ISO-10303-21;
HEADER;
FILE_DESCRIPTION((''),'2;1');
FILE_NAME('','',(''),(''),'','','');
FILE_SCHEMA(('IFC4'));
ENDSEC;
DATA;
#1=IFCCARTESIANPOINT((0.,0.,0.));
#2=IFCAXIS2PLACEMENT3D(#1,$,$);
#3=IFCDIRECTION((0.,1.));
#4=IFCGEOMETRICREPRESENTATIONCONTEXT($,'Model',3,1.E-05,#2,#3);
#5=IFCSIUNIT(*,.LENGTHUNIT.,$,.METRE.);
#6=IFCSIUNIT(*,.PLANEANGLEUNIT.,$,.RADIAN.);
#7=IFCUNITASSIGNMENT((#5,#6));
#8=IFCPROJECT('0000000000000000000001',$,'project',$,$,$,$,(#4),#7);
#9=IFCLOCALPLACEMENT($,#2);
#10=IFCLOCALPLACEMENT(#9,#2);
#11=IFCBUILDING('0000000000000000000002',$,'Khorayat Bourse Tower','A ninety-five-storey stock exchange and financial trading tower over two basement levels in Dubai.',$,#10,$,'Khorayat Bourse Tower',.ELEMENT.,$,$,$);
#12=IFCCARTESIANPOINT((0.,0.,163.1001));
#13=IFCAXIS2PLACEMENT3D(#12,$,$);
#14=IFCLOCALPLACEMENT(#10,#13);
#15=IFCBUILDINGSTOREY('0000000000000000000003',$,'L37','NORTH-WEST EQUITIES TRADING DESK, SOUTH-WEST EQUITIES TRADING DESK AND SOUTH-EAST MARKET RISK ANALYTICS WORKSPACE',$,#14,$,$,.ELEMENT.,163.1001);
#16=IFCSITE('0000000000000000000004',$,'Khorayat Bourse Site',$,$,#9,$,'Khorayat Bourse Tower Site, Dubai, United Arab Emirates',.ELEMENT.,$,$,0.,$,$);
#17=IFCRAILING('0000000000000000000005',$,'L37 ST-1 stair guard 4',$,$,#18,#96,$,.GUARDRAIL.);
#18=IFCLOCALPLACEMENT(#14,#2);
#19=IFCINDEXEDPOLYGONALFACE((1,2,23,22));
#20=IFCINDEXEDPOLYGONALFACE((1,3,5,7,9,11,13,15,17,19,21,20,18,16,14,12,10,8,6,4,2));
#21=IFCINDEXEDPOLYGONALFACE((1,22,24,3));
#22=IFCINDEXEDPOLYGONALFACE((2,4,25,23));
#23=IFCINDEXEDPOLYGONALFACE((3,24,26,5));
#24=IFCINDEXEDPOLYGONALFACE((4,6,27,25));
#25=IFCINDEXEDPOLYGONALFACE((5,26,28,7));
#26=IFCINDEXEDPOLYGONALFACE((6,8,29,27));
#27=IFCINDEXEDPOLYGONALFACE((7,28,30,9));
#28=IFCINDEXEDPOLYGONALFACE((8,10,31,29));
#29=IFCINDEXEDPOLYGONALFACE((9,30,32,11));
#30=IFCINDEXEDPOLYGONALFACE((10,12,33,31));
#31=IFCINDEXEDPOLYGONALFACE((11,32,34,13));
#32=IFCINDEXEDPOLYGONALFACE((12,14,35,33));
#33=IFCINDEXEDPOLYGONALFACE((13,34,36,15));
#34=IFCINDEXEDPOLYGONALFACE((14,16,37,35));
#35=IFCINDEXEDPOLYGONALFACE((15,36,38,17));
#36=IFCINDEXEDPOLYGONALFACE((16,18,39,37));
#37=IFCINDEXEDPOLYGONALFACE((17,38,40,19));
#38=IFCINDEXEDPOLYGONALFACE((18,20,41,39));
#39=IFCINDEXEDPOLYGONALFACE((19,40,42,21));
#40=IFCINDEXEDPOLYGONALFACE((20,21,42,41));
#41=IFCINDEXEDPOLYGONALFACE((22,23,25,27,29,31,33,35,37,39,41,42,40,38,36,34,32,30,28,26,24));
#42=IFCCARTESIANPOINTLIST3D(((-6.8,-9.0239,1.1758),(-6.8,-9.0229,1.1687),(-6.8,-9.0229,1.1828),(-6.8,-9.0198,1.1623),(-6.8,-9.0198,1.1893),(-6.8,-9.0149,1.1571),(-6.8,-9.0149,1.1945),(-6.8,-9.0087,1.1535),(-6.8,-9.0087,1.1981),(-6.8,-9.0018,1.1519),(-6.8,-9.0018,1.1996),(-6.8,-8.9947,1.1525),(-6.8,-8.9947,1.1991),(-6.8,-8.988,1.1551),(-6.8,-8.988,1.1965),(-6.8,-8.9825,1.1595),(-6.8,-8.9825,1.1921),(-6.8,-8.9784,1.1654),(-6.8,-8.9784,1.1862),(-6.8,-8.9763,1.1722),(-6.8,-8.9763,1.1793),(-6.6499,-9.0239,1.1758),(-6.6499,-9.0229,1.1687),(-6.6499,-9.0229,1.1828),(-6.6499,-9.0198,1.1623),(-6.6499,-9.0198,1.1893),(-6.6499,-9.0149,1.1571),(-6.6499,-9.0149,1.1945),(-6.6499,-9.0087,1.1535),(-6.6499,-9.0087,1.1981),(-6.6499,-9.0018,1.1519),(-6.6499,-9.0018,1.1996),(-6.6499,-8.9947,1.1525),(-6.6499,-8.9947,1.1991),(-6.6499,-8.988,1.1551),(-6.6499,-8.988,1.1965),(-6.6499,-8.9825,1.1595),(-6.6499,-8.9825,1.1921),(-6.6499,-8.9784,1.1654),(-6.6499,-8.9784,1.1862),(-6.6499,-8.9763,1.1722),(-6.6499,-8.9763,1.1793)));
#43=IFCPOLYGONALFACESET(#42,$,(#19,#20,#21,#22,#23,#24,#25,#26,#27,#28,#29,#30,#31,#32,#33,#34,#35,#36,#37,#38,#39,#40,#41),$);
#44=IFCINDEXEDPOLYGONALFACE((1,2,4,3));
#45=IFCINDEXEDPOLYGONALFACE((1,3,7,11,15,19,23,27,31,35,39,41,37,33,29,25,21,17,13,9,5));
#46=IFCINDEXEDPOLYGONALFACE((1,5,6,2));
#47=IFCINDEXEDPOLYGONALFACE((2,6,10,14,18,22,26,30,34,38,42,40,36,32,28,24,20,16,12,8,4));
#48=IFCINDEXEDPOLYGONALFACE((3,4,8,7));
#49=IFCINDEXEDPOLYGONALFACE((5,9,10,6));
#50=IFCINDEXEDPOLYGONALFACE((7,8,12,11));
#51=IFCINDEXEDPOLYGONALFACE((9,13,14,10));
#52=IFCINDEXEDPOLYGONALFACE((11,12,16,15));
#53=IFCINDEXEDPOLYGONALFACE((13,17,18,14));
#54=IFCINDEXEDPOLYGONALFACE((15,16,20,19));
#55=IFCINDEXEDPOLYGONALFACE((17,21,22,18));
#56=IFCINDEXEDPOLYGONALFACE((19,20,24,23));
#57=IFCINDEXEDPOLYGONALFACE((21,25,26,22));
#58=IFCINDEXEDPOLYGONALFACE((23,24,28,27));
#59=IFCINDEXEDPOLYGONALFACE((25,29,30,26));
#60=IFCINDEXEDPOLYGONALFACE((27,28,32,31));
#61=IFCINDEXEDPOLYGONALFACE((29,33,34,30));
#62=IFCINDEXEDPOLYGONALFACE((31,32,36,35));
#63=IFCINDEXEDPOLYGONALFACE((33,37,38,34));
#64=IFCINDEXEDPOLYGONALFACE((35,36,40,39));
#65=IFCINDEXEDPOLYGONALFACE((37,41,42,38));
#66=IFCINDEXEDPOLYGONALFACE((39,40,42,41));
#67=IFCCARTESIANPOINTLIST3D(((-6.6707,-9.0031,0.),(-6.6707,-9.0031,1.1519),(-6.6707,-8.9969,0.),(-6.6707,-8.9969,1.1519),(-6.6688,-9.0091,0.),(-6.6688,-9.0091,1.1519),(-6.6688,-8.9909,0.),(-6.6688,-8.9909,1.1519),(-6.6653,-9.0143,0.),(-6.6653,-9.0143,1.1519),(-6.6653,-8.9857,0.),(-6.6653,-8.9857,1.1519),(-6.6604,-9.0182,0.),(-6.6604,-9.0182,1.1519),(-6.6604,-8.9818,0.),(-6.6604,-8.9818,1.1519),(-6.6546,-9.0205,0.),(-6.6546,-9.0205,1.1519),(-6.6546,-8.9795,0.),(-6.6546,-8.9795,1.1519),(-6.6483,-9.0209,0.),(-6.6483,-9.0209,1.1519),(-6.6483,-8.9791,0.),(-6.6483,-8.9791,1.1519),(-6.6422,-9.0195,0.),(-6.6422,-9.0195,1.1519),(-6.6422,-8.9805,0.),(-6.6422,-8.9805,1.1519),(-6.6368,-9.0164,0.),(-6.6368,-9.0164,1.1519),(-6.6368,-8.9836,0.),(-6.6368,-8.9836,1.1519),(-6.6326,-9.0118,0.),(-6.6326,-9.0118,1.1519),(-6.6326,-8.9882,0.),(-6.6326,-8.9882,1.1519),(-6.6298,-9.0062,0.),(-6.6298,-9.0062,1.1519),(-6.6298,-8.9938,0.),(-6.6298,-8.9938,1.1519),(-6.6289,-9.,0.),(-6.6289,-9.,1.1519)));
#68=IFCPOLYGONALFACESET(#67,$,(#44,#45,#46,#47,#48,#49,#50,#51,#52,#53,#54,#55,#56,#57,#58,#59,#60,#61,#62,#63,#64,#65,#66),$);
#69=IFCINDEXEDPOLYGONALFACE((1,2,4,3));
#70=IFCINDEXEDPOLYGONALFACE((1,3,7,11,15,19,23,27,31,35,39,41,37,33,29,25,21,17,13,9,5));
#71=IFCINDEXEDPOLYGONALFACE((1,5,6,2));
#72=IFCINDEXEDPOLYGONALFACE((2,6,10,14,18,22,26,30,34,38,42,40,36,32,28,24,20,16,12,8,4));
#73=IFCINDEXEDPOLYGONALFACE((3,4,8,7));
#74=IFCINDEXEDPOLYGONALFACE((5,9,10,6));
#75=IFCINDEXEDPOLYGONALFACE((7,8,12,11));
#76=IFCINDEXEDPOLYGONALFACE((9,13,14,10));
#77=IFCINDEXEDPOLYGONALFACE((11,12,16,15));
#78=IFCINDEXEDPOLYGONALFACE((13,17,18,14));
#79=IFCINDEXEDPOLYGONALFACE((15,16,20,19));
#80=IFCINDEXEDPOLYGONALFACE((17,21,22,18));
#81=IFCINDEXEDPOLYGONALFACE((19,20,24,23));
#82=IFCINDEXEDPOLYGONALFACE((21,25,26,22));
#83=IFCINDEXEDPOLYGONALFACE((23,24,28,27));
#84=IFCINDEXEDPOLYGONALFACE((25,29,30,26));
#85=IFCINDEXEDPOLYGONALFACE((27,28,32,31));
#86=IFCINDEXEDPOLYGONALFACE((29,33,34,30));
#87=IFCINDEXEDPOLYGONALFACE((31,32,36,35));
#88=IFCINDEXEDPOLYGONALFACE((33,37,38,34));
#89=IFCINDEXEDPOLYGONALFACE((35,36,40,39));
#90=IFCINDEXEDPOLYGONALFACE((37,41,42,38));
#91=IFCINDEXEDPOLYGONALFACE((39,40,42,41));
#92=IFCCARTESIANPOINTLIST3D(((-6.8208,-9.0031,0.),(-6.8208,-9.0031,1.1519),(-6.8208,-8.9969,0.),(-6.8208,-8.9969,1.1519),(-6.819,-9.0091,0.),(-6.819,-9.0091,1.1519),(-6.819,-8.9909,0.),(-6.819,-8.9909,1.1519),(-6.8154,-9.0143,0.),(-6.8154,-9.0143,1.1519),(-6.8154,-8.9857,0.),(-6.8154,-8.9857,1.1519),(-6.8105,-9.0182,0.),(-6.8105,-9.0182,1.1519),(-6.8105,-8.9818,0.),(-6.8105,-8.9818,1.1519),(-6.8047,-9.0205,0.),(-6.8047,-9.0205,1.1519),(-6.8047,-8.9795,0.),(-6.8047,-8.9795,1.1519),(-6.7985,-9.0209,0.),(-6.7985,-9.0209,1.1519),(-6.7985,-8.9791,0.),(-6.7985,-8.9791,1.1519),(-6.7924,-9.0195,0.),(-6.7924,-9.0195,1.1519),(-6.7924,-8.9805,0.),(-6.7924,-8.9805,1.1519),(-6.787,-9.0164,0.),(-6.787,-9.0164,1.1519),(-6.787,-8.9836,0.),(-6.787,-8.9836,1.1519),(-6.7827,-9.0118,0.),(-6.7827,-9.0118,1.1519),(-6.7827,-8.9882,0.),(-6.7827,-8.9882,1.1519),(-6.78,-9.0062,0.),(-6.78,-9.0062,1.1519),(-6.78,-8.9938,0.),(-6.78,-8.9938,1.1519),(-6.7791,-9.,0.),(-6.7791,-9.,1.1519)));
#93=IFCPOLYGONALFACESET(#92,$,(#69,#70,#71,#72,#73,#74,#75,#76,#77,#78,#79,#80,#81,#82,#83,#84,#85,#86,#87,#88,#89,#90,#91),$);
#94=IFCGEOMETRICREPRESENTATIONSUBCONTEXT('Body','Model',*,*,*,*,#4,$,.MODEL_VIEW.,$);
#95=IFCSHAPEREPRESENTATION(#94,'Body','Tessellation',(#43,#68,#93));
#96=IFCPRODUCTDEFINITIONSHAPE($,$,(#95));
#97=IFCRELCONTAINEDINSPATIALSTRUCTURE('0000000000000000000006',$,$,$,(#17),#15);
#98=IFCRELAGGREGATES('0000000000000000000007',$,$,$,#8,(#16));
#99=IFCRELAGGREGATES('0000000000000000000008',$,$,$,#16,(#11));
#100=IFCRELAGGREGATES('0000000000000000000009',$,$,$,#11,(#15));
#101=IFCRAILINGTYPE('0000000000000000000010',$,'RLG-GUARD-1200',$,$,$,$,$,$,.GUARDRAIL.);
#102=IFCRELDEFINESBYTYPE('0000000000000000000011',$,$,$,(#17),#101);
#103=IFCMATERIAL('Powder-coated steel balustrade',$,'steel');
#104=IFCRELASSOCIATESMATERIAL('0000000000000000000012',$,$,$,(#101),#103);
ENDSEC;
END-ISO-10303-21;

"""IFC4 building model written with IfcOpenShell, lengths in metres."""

from ifc_helpers import new_model, si_unit, direction, frame, origin, origin_2d, place, context, subcontext, project, spatial, circle, extrude, source, transform, mapped, material, type_object, element, save


model = new_model("IFC4")

# Units and contexts
model_context = context("Model", 3, precision=1e-05, world=origin(), true_north=direction((0.0, 1.0)))
body_context = subcontext(model_context, "Body", "Model", "MODEL_VIEW")
ifc_project = project(units=[si_unit("LENGTHUNIT", "METRE"), si_unit("PLANEANGLEUNIT", "RADIAN")], contexts=[model_context])

# Site, building, storey
site_placement = place(None, origin())
site = spatial("IfcSite", under=ifc_project, at=site_placement, Name="Khorayat Bourse Site", LongName="Khorayat Bourse Tower Site, Dubai, United Arab Emirates", CompositionType="ELEMENT", RefElevation=0.0)
building_placement = place(site_placement, origin())
building = spatial("IfcBuilding", under=site, at=building_placement, Name="Khorayat Bourse Tower", Description="A ninety-five-storey stock exchange and financial trading tower over two basement levels in Dubai.", LongName="Khorayat Bourse Tower", CompositionType="ELEMENT")
storey_placement = place(building_placement, frame((0.0, 0.0, 163.1001)))
storey = spatial("IfcBuildingStorey", under=building, at=storey_placement, Name="L37", Description="NORTH-WEST EQUITIES TRADING DESK, SOUTH-WEST EQUITIES TRADING DESK AND SOUTH-EAST MARKET RISK ANALYTICS WORKSPACE", CompositionType="ELEMENT", Elevation=163.1001)

# Railing
ifc_material_1 = material(Name="Powder-coated steel balustrade", Category="steel")
railing_type_1 = type_object("IfcRailingType", Name="RLG-GUARD-1200", PredefinedType="GUARDRAIL", material=ifc_material_1)
shared_shape_1 = source(origin(), body_context, "Body", "SweptSolid", [
    extrude(circle(Radius=0.0239, at=origin_2d()), frame((0.0, 0.0, 1.1758), z_axis=(-1.0, 0.0, 0.0), x_axis=(0.0, -1.0, 0.0)), (0.0, 0.0, 1.0), 0.1501),
    extrude(circle(Radius=0.021, at=origin_2d()), origin(), (0.0, 0.0, 1.0), 1.1519),
    extrude(circle(Radius=0.021, at=origin_2d()), frame((-0.1501, 0.0, 0.0)), (0.0, 0.0, 1.0), 1.1519),
])
for number, where, name in (
    (1, (-6.6499, -9.0, 0.0), "L37 ST-1 stair guard 4"),
):
    element("IfcRailing", number, at=place(storey_placement, frame(where)), inside=storey, type_object=railing_type_1, Name=name, PredefinedType="GUARDRAIL", context=body_context, shape_type="MappedRepresentation", body=[
        mapped(shared_shape_1, transform((0.0, 0.0, 0.0), scale=1.0)),
    ])

save(model, "model.ifc")
